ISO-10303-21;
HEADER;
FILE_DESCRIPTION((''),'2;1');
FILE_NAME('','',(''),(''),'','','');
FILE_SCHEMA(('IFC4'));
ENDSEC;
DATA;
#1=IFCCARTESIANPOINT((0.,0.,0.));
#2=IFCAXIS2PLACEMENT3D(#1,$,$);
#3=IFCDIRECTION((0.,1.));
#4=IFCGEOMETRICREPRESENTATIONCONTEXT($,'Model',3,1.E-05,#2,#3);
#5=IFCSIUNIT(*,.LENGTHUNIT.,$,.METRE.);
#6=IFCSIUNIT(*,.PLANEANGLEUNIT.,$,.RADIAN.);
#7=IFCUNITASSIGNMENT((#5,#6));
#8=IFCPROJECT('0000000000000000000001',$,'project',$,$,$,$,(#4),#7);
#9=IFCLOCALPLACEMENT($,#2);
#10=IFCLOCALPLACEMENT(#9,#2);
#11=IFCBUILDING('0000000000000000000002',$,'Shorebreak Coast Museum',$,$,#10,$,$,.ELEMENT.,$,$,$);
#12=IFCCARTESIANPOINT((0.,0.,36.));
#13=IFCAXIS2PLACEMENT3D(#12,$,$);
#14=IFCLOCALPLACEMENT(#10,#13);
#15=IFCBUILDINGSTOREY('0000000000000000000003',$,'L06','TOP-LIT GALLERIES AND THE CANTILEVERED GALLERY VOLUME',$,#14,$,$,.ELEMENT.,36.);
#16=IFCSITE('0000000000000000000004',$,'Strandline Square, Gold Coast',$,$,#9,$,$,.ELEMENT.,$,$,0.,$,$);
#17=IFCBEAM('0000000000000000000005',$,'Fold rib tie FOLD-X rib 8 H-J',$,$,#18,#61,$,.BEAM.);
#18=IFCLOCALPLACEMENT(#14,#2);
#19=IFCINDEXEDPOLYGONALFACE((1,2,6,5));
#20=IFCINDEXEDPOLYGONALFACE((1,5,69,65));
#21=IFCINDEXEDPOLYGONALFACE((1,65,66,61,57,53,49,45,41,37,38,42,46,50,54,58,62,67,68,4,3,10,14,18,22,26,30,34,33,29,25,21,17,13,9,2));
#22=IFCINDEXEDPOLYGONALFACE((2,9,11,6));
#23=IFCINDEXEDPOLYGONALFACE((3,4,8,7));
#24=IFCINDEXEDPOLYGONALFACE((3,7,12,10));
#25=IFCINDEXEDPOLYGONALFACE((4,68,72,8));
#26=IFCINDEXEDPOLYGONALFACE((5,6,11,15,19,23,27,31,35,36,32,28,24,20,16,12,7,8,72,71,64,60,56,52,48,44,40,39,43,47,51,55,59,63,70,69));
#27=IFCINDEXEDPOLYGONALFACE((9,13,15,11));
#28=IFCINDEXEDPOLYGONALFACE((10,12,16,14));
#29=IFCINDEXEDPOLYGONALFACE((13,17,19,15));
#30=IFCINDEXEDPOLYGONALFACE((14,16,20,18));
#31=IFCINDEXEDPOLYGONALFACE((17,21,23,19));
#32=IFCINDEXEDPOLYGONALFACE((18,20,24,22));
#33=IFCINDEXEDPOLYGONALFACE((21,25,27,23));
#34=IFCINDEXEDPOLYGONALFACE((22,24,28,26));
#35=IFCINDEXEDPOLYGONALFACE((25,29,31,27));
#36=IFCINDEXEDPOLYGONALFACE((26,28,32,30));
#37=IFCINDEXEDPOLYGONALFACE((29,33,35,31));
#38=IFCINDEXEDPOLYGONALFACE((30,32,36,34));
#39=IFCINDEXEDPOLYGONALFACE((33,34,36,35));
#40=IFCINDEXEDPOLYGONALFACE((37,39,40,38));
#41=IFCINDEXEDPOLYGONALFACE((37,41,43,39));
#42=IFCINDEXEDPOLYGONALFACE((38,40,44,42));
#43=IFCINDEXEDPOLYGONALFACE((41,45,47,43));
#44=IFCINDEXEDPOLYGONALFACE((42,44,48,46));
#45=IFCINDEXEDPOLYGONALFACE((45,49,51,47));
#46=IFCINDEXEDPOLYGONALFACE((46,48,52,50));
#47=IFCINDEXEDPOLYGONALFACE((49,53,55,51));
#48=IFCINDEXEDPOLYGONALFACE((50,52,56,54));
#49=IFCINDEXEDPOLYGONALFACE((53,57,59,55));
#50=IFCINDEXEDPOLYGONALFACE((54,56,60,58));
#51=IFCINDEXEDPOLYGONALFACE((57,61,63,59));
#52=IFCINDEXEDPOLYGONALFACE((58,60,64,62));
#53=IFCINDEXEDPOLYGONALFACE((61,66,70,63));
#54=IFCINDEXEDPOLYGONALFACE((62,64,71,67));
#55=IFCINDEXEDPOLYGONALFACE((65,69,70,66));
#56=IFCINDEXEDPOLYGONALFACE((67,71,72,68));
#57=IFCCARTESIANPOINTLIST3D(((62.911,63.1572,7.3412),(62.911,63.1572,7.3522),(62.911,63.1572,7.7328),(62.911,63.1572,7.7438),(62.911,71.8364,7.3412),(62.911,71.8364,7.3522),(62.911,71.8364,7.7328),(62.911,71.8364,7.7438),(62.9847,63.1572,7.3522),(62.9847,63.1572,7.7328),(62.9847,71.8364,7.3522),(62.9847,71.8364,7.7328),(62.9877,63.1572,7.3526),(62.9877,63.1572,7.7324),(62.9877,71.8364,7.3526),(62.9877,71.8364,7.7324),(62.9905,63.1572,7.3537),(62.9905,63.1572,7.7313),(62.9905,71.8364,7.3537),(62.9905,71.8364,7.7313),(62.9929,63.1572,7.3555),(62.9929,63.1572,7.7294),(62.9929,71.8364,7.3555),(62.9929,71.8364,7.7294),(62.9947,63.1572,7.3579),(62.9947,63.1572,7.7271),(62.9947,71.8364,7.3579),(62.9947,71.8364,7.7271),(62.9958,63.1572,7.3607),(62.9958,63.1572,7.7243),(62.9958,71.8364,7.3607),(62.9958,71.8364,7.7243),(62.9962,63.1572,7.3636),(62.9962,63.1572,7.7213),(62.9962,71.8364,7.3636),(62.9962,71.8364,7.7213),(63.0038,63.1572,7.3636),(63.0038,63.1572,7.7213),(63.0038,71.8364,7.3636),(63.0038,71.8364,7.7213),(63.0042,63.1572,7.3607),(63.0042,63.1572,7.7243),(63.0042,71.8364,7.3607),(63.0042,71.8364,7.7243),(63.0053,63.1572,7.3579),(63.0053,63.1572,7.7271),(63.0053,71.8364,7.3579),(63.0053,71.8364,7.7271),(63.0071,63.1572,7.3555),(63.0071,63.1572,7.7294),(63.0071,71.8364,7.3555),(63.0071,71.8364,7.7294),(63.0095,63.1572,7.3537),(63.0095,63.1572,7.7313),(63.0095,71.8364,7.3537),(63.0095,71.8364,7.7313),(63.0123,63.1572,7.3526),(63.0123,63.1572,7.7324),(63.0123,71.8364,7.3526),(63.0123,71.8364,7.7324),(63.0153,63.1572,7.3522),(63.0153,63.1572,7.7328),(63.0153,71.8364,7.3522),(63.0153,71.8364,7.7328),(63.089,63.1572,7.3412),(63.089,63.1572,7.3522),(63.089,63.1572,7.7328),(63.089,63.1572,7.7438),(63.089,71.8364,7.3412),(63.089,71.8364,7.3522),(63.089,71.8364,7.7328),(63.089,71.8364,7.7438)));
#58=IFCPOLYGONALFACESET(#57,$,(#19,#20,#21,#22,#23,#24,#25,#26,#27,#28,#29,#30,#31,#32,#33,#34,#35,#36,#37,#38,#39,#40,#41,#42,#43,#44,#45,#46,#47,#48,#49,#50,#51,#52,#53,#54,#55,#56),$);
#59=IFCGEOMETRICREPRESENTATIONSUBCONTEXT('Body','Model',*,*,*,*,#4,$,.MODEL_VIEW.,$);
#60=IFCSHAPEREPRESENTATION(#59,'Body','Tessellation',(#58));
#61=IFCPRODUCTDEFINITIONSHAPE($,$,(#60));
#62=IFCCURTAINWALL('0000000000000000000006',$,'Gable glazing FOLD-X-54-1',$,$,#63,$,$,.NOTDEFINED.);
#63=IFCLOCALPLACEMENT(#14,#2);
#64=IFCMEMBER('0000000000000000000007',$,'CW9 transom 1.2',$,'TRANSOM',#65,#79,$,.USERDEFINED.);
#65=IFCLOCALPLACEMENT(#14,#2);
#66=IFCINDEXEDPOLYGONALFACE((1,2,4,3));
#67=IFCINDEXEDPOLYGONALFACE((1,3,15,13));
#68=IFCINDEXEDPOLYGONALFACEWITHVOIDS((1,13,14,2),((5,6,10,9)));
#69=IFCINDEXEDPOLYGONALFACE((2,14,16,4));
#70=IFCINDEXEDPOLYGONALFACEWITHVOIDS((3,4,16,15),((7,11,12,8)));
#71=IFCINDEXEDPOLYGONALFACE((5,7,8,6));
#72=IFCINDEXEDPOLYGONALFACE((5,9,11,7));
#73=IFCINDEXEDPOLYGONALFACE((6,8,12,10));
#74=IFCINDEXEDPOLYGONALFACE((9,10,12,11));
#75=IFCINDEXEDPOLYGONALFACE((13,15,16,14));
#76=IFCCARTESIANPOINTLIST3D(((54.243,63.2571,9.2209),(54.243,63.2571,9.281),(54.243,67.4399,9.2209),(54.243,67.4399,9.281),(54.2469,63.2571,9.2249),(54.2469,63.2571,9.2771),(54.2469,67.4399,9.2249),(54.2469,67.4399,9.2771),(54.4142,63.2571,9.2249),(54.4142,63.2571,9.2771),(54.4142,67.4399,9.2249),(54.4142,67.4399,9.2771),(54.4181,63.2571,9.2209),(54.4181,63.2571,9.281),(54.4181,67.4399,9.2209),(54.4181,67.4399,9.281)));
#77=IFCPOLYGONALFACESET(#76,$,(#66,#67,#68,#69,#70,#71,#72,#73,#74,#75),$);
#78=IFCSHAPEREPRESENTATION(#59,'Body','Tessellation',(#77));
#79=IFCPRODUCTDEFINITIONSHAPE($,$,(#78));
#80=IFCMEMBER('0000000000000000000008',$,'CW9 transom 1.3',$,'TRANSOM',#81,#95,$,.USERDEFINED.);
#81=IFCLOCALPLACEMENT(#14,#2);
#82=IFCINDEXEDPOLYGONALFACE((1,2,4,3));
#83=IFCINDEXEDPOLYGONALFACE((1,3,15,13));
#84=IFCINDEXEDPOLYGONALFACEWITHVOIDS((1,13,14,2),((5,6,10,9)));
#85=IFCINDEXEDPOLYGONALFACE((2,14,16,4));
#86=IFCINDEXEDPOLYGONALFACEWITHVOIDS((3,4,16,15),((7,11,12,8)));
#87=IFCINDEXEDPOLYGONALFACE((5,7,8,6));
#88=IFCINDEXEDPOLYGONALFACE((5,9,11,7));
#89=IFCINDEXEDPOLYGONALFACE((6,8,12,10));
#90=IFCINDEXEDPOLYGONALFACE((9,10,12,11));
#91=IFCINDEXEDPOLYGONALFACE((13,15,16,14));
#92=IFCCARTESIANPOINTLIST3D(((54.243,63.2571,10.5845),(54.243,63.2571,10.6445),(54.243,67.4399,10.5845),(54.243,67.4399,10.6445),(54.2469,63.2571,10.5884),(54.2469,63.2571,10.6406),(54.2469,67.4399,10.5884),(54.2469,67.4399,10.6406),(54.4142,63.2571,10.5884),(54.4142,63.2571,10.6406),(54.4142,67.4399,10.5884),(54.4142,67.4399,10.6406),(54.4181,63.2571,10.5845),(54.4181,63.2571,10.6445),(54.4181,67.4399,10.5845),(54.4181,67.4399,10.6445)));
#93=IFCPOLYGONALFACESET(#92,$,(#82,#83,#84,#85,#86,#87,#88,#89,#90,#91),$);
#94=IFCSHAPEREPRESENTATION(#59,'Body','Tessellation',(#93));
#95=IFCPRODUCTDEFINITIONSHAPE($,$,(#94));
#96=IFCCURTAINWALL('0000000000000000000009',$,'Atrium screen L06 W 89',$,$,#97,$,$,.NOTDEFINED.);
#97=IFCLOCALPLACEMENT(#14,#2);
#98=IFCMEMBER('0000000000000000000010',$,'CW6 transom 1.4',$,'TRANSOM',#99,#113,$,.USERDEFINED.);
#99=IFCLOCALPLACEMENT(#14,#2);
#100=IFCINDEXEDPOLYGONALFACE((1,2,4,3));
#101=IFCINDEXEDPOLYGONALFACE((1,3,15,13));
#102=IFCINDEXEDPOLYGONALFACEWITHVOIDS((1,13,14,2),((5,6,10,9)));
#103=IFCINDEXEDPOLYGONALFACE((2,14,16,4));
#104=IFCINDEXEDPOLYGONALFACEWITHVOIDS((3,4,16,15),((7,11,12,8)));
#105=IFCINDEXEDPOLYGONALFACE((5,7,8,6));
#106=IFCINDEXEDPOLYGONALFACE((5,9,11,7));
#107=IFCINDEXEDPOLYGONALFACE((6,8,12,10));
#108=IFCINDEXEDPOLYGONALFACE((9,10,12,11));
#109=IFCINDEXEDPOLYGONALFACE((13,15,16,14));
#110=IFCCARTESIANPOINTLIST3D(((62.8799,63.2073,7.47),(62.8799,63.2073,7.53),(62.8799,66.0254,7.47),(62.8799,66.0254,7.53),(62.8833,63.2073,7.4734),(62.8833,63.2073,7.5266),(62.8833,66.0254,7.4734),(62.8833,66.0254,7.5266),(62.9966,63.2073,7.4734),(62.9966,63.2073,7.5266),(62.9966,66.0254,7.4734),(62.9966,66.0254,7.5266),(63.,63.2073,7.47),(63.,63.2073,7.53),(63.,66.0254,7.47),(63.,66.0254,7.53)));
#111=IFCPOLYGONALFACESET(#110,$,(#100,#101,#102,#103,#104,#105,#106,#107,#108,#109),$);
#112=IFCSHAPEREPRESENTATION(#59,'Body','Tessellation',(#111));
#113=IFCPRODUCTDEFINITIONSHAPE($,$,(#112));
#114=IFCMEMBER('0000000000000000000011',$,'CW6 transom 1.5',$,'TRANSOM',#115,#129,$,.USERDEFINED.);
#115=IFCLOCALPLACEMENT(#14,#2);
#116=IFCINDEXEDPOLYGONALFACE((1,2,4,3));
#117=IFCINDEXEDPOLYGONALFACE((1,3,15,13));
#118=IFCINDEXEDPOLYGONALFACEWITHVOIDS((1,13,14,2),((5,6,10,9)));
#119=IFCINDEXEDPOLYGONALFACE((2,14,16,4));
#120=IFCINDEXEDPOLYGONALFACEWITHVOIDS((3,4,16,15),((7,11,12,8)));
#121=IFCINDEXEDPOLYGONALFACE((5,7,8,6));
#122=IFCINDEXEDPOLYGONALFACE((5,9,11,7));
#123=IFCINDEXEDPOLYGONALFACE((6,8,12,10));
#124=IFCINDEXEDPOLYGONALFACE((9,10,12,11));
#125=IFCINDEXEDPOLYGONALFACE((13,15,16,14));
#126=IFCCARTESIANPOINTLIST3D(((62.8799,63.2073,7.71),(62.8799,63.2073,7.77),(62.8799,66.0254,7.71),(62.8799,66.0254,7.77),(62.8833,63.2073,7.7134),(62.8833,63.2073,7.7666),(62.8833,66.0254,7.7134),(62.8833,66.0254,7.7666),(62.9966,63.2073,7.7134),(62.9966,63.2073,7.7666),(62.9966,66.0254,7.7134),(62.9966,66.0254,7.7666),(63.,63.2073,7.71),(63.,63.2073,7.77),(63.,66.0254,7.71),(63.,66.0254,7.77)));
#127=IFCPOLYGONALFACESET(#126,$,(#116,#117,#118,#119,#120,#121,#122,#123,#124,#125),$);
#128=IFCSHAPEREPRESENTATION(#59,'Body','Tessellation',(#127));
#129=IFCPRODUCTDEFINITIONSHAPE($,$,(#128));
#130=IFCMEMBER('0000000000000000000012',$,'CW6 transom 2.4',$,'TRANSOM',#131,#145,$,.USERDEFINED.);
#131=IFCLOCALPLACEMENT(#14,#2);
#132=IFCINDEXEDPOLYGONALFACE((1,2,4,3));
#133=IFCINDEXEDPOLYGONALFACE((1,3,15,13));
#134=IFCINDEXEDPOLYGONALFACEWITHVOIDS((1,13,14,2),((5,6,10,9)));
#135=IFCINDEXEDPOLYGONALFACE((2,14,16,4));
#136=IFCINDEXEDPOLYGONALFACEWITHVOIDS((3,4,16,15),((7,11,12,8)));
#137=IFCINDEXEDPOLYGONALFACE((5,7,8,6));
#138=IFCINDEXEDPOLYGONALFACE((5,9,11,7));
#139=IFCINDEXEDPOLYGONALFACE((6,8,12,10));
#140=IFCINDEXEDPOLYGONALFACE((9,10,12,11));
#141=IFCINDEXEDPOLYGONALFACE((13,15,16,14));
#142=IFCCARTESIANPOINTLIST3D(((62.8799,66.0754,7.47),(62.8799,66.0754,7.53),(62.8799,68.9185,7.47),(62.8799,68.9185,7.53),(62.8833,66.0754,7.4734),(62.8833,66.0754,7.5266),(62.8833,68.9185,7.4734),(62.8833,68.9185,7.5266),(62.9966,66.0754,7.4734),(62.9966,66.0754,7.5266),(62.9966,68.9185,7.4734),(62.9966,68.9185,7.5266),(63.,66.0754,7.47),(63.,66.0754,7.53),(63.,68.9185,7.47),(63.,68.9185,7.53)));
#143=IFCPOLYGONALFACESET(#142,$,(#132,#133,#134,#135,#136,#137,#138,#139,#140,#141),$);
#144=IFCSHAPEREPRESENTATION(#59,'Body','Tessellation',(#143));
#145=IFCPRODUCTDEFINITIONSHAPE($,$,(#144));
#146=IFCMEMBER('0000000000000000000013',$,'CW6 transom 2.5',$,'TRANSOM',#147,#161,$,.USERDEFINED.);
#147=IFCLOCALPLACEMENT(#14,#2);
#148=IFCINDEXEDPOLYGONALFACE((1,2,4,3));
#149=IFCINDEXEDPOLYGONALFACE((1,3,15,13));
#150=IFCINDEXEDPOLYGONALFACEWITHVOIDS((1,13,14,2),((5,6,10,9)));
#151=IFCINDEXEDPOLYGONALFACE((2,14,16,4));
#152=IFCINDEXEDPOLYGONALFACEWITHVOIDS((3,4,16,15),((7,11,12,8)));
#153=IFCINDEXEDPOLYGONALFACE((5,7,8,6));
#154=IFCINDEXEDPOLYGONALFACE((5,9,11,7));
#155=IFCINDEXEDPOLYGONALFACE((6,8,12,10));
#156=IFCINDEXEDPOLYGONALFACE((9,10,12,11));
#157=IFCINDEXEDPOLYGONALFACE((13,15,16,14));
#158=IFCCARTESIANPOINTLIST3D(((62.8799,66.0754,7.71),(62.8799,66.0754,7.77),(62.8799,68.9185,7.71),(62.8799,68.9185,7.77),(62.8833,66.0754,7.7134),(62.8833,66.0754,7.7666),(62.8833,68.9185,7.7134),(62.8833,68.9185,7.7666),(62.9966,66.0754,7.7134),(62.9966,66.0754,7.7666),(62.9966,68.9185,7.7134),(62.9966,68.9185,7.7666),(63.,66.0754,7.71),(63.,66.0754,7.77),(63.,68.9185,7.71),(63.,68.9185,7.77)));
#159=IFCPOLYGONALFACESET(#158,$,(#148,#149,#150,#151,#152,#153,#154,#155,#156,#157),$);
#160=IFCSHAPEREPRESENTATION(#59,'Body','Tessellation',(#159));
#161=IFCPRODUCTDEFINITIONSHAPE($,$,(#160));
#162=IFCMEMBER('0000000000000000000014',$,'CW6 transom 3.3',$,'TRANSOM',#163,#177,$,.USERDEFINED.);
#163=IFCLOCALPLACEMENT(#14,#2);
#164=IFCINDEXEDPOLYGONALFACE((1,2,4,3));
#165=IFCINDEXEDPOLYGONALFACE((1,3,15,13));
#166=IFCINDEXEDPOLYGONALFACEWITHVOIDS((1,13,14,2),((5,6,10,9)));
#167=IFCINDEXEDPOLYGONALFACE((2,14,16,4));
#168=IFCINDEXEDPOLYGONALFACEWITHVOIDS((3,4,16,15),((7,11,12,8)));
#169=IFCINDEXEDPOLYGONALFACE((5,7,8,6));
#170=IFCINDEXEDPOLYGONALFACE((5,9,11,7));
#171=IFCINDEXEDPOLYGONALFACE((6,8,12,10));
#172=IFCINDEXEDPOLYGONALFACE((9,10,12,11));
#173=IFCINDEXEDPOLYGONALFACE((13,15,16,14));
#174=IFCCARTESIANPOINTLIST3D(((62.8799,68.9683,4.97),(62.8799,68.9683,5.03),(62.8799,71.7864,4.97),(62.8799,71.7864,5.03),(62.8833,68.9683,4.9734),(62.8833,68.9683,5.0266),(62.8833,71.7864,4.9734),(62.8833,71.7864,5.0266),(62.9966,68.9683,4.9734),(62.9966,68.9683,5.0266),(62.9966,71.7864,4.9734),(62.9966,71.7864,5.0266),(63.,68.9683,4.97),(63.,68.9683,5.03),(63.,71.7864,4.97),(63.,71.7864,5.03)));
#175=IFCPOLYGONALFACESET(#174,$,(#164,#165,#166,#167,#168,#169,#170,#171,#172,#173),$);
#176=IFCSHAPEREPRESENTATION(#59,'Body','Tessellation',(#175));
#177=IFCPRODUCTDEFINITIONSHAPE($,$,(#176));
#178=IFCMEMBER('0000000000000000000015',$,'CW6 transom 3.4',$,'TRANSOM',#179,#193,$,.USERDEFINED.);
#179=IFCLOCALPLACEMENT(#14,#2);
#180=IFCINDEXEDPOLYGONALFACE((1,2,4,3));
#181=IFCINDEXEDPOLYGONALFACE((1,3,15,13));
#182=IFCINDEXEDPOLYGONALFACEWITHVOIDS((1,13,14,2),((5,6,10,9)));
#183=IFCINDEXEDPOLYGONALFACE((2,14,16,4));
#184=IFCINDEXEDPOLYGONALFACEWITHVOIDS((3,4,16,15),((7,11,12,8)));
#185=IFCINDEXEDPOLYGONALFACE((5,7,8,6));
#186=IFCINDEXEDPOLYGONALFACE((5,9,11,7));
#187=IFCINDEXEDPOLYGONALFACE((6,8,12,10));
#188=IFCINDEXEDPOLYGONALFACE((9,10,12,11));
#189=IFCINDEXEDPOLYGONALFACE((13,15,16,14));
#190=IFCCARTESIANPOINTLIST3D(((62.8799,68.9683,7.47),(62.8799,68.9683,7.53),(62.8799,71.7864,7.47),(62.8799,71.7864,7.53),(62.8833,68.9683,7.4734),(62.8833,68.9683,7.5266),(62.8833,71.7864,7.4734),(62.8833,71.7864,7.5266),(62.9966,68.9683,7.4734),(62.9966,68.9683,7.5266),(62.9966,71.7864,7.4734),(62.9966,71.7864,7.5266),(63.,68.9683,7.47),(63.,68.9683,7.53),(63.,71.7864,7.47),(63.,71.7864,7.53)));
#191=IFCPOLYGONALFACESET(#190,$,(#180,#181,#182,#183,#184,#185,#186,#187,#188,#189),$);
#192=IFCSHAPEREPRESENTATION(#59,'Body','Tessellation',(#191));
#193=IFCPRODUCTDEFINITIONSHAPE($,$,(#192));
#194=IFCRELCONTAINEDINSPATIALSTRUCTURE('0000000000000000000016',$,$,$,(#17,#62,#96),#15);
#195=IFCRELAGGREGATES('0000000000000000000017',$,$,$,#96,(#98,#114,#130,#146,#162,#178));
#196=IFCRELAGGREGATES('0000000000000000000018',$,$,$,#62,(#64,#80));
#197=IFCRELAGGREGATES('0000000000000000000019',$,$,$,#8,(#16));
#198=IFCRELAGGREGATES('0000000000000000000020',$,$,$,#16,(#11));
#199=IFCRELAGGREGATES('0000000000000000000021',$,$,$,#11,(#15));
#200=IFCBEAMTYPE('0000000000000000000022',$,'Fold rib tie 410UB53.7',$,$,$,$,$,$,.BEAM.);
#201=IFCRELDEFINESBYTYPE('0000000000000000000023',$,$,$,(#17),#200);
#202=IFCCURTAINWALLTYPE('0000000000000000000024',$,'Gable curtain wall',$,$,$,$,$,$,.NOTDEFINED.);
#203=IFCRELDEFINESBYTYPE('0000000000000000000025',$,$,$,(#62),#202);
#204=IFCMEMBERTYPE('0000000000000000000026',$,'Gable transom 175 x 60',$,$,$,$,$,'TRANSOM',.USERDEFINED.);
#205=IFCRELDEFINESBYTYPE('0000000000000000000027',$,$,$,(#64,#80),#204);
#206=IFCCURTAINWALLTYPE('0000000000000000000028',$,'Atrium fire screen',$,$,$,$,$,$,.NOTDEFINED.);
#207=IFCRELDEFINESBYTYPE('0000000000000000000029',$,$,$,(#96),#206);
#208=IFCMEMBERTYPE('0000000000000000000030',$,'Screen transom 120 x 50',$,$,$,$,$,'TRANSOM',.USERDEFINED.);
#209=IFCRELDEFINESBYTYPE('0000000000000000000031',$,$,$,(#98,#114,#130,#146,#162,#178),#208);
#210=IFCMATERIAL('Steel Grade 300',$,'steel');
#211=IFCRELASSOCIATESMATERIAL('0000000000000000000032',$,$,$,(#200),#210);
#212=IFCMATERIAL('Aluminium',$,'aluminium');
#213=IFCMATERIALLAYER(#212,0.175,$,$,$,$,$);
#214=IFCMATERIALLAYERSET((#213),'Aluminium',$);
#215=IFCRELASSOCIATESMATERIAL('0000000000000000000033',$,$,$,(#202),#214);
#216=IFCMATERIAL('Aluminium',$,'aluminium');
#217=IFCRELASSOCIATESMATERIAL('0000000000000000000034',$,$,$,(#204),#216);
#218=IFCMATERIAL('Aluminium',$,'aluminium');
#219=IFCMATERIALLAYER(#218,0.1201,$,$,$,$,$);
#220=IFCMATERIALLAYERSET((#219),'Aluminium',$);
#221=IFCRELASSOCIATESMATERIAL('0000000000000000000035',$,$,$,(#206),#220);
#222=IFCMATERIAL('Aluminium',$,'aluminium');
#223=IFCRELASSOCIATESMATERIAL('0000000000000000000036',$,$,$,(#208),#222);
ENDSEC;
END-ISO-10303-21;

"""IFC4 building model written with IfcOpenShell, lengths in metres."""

from ifc_helpers import new_model, si_unit, direction, frame, origin, origin_2d, place, context, subcontext, project, spatial, hollow_rectangle, i_section, extrude, material, layer, layer_set, material_profile, profile_set, type_object, element, aggregate, save


model = new_model("IFC4")

# Units and contexts
model_context = context("Model", 3, precision=1e-05, world=origin(), true_north=direction((0.0, 1.0)))
body_context = subcontext(model_context, "Body", "Model", "MODEL_VIEW")
ifc_project = project(units=[si_unit("LENGTHUNIT", "METRE"), si_unit("PLANEANGLEUNIT", "RADIAN")], contexts=[model_context])

# Site, building, storey
site_placement = place(None, origin())
site = spatial("IfcSite", under=ifc_project, at=site_placement, Name="Strandline Square, Gold Coast", CompositionType="ELEMENT", RefElevation=0.0)
building_placement = place(site_placement, origin())
building = spatial("IfcBuilding", under=site, at=building_placement, Name="Shorebreak Coast Museum", CompositionType="ELEMENT")
storey_placement = place(building_placement, frame((0.0, 0.0, 36.0)))
storey = spatial("IfcBuildingStorey", under=building, at=storey_placement, Name="L06", Description="TOP-LIT GALLERIES AND THE CANTILEVERED GALLERY VOLUME", CompositionType="ELEMENT", Elevation=36.0)

# Beam
ifc_material_1 = material(Name="Steel Grade 300", Category="steel")
ifc_material_profile_1 = material_profile(ifc_material_1, i_section(OverallWidth=0.178, OverallDepth=0.4026, WebThickness=0.0076, FlangeThickness=0.011, FilletRadius=0.0115, at=origin_2d()), Name="410UB53.7")
ifc_profile_set_1 = profile_set([ifc_material_profile_1], Name="Steel Grade 300")
beam_type = type_object("IfcBeamType", Name="Fold rib tie 410UB53.7", PredefinedType="BEAM", material=ifc_profile_set_1)
beam_placement = place(storey_placement, frame((63.0, 63.1572, 7.5425), z_axis=(0.0, 1.0, 0.0), x_axis=(-1.0, 0.0, 0.0)))
element("IfcBeam", 1, at=beam_placement, inside=storey, type_object=beam_type, Name="Fold rib tie FOLD-X rib 8 H-J", PredefinedType="BEAM", context=body_context, shape_type="SweptSolid", body=[
    extrude(i_section(OverallWidth=0.178, OverallDepth=0.4026, WebThickness=0.0076, FlangeThickness=0.011, FilletRadius=0.0115, at=origin_2d()), origin(), (0.0, 0.0, 1.0), 8.6792),
])

# Curtain wall, members
ifc_material_2 = material(Name="Aluminium", Category="aluminium")
ifc_layer_1 = layer(ifc_material_2, 0.175)
ifc_layer_set_1 = layer_set([ifc_layer_1], Name="Aluminium")
curtain_wall_type_1 = type_object("IfcCurtainWallType", Name="Gable curtain wall", PredefinedType="NOTDEFINED", material=ifc_layer_set_1)
curtain_wall_1_placement = place(storey_placement, origin())
curtain_wall_1 = element("IfcCurtainWall", 2, at=curtain_wall_1_placement, inside=storey, type_object=curtain_wall_type_1, Name="Gable glazing FOLD-X-54-1", PredefinedType="NOTDEFINED")
ifc_material_3 = material(Name="Aluminium", Category="aluminium")
ifc_material_profile_2 = material_profile(ifc_material_3, hollow_rectangle(XDim=0.175, YDim=0.0601, WallThickness=0.0039, at=origin_2d()), Name="AL 60x175 RHS")
ifc_profile_set_2 = profile_set([ifc_material_profile_2], Name="Aluminium")
member_type_1 = type_object("IfcMemberType", Name="Gable transom 175 x 60", ElementType="TRANSOM", PredefinedType="USERDEFINED", material=ifc_profile_set_2)
member_1_placement = place(storey_placement, frame((54.3306, 63.2571, 9.251), z_axis=(0.0, 1.0, 0.0), x_axis=(-1.0, 0.0, 0.0)))
member_1 = element("IfcMember", 3, at=member_1_placement, type_object=member_type_1, Name="CW9 transom 1.2", ObjectType="TRANSOM", PredefinedType="USERDEFINED", context=body_context, shape_type="SweptSolid", body=[
    extrude(hollow_rectangle(XDim=0.175, YDim=0.0601, WallThickness=0.0039, at=origin_2d()), origin(), (0.0, 0.0, 1.0), 4.1829),
])
member_2_placement = place(storey_placement, frame((54.3306, 63.2571, 10.6145), z_axis=(0.0, 1.0, 0.0), x_axis=(-1.0, 0.0, 0.0)))
member_2 = element("IfcMember", 4, at=member_2_placement, type_object=member_type_1, Name="CW9 transom 1.3", ObjectType="TRANSOM", PredefinedType="USERDEFINED", context=body_context, shape_type="SweptSolid", body=[
    extrude(hollow_rectangle(XDim=0.175, YDim=0.0601, WallThickness=0.0039, at=origin_2d()), origin(), (0.0, 0.0, 1.0), 4.1829),
])

# Curtain wall, members
ifc_material_4 = material(Name="Aluminium", Category="aluminium")
ifc_layer_2 = layer(ifc_material_4, 0.1201)
ifc_layer_set_2 = layer_set([ifc_layer_2], Name="Aluminium")
curtain_wall_type_2 = type_object("IfcCurtainWallType", Name="Atrium fire screen", PredefinedType="NOTDEFINED", material=ifc_layer_set_2)
curtain_wall_2_placement = place(storey_placement, origin())
curtain_wall_2 = element("IfcCurtainWall", 5, at=curtain_wall_2_placement, inside=storey, type_object=curtain_wall_type_2, Name="Atrium screen L06 W 89", PredefinedType="NOTDEFINED")
ifc_material_5 = material(Name="Aluminium", Category="aluminium")
ifc_material_profile_3 = material_profile(ifc_material_5, hollow_rectangle(XDim=0.1201, YDim=0.0601, WallThickness=0.0034, at=origin_2d()), Name="AL 60x120 RHS")
ifc_profile_set_3 = profile_set([ifc_material_profile_3], Name="Aluminium")
member_type_2 = type_object("IfcMemberType", Name="Screen transom 120 x 50", ElementType="TRANSOM", PredefinedType="USERDEFINED", material=ifc_profile_set_3)
member_3_placement = place(storey_placement, frame((62.9399, 63.2073, 7.5), z_axis=(0.0, 1.0, 0.0), x_axis=(-1.0, 0.0, 0.0)))
member_3 = element("IfcMember", 6, at=member_3_placement, type_object=member_type_2, Name="CW6 transom 1.4", ObjectType="TRANSOM", PredefinedType="USERDEFINED", context=body_context, shape_type="SweptSolid", body=[
    extrude(hollow_rectangle(XDim=0.1201, YDim=0.0601, WallThickness=0.0034, at=origin_2d()), origin(), (0.0, 0.0, 1.0), 2.8181),
])
member_4_placement = place(storey_placement, frame((62.9399, 63.2073, 7.74), z_axis=(0.0, 1.0, 0.0), x_axis=(-1.0, 0.0, 0.0)))
member_4 = element("IfcMember", 7, at=member_4_placement, type_object=member_type_2, Name="CW6 transom 1.5", ObjectType="TRANSOM", PredefinedType="USERDEFINED", context=body_context, shape_type="SweptSolid", body=[
    extrude(hollow_rectangle(XDim=0.1201, YDim=0.0601, WallThickness=0.0034, at=origin_2d()), origin(), (0.0, 0.0, 1.0), 2.8181),
])
member_5_placement = place(storey_placement, frame((62.9399, 66.0754, 7.5), z_axis=(0.0, 1.0, 0.0), x_axis=(-1.0, 0.0, 0.0)))
member_5 = element("IfcMember", 8, at=member_5_placement, type_object=member_type_2, Name="CW6 transom 2.4", ObjectType="TRANSOM", PredefinedType="USERDEFINED", context=body_context, shape_type="SweptSolid", body=[
    extrude(hollow_rectangle(XDim=0.1201, YDim=0.0601, WallThickness=0.0034, at=origin_2d()), origin(), (0.0, 0.0, 1.0), 2.843),
])
member_6_placement = place(storey_placement, frame((62.9399, 66.0754, 7.74), z_axis=(0.0, 1.0, 0.0), x_axis=(-1.0, 0.0, 0.0)))
member_6 = element("IfcMember", 9, at=member_6_placement, type_object=member_type_2, Name="CW6 transom 2.5", ObjectType="TRANSOM", PredefinedType="USERDEFINED", context=body_context, shape_type="SweptSolid", body=[
    extrude(hollow_rectangle(XDim=0.1201, YDim=0.0601, WallThickness=0.0034, at=origin_2d()), origin(), (0.0, 0.0, 1.0), 2.843),
])
member_7_placement = place(storey_placement, frame((62.9399, 68.9683, 5.0), z_axis=(0.0, 1.0, 0.0), x_axis=(-1.0, 0.0, 0.0)))
member_7 = element("IfcMember", 10, at=member_7_placement, type_object=member_type_2, Name="CW6 transom 3.3", ObjectType="TRANSOM", PredefinedType="USERDEFINED", context=body_context, shape_type="SweptSolid", body=[
    extrude(hollow_rectangle(XDim=0.1201, YDim=0.0601, WallThickness=0.0034, at=origin_2d()), origin(), (0.0, 0.0, 1.0), 2.8181),
])
member_8_placement = place(storey_placement, frame((62.9399, 68.9683, 7.5), z_axis=(0.0, 1.0, 0.0), x_axis=(-1.0, 0.0, 0.0)))
member_8 = element("IfcMember", 11, at=member_8_placement, type_object=member_type_2, Name="CW6 transom 3.4", ObjectType="TRANSOM", PredefinedType="USERDEFINED", context=body_context, shape_type="SweptSolid", body=[
    extrude(hollow_rectangle(XDim=0.1201, YDim=0.0601, WallThickness=0.0034, at=origin_2d()), origin(), (0.0, 0.0, 1.0), 2.8181),
])
aggregate(curtain_wall_2, [member_3, member_4, member_5, member_6, member_7, member_8])

aggregate(curtain_wall_1, [member_1, member_2])

save(model, "model.ifc")
